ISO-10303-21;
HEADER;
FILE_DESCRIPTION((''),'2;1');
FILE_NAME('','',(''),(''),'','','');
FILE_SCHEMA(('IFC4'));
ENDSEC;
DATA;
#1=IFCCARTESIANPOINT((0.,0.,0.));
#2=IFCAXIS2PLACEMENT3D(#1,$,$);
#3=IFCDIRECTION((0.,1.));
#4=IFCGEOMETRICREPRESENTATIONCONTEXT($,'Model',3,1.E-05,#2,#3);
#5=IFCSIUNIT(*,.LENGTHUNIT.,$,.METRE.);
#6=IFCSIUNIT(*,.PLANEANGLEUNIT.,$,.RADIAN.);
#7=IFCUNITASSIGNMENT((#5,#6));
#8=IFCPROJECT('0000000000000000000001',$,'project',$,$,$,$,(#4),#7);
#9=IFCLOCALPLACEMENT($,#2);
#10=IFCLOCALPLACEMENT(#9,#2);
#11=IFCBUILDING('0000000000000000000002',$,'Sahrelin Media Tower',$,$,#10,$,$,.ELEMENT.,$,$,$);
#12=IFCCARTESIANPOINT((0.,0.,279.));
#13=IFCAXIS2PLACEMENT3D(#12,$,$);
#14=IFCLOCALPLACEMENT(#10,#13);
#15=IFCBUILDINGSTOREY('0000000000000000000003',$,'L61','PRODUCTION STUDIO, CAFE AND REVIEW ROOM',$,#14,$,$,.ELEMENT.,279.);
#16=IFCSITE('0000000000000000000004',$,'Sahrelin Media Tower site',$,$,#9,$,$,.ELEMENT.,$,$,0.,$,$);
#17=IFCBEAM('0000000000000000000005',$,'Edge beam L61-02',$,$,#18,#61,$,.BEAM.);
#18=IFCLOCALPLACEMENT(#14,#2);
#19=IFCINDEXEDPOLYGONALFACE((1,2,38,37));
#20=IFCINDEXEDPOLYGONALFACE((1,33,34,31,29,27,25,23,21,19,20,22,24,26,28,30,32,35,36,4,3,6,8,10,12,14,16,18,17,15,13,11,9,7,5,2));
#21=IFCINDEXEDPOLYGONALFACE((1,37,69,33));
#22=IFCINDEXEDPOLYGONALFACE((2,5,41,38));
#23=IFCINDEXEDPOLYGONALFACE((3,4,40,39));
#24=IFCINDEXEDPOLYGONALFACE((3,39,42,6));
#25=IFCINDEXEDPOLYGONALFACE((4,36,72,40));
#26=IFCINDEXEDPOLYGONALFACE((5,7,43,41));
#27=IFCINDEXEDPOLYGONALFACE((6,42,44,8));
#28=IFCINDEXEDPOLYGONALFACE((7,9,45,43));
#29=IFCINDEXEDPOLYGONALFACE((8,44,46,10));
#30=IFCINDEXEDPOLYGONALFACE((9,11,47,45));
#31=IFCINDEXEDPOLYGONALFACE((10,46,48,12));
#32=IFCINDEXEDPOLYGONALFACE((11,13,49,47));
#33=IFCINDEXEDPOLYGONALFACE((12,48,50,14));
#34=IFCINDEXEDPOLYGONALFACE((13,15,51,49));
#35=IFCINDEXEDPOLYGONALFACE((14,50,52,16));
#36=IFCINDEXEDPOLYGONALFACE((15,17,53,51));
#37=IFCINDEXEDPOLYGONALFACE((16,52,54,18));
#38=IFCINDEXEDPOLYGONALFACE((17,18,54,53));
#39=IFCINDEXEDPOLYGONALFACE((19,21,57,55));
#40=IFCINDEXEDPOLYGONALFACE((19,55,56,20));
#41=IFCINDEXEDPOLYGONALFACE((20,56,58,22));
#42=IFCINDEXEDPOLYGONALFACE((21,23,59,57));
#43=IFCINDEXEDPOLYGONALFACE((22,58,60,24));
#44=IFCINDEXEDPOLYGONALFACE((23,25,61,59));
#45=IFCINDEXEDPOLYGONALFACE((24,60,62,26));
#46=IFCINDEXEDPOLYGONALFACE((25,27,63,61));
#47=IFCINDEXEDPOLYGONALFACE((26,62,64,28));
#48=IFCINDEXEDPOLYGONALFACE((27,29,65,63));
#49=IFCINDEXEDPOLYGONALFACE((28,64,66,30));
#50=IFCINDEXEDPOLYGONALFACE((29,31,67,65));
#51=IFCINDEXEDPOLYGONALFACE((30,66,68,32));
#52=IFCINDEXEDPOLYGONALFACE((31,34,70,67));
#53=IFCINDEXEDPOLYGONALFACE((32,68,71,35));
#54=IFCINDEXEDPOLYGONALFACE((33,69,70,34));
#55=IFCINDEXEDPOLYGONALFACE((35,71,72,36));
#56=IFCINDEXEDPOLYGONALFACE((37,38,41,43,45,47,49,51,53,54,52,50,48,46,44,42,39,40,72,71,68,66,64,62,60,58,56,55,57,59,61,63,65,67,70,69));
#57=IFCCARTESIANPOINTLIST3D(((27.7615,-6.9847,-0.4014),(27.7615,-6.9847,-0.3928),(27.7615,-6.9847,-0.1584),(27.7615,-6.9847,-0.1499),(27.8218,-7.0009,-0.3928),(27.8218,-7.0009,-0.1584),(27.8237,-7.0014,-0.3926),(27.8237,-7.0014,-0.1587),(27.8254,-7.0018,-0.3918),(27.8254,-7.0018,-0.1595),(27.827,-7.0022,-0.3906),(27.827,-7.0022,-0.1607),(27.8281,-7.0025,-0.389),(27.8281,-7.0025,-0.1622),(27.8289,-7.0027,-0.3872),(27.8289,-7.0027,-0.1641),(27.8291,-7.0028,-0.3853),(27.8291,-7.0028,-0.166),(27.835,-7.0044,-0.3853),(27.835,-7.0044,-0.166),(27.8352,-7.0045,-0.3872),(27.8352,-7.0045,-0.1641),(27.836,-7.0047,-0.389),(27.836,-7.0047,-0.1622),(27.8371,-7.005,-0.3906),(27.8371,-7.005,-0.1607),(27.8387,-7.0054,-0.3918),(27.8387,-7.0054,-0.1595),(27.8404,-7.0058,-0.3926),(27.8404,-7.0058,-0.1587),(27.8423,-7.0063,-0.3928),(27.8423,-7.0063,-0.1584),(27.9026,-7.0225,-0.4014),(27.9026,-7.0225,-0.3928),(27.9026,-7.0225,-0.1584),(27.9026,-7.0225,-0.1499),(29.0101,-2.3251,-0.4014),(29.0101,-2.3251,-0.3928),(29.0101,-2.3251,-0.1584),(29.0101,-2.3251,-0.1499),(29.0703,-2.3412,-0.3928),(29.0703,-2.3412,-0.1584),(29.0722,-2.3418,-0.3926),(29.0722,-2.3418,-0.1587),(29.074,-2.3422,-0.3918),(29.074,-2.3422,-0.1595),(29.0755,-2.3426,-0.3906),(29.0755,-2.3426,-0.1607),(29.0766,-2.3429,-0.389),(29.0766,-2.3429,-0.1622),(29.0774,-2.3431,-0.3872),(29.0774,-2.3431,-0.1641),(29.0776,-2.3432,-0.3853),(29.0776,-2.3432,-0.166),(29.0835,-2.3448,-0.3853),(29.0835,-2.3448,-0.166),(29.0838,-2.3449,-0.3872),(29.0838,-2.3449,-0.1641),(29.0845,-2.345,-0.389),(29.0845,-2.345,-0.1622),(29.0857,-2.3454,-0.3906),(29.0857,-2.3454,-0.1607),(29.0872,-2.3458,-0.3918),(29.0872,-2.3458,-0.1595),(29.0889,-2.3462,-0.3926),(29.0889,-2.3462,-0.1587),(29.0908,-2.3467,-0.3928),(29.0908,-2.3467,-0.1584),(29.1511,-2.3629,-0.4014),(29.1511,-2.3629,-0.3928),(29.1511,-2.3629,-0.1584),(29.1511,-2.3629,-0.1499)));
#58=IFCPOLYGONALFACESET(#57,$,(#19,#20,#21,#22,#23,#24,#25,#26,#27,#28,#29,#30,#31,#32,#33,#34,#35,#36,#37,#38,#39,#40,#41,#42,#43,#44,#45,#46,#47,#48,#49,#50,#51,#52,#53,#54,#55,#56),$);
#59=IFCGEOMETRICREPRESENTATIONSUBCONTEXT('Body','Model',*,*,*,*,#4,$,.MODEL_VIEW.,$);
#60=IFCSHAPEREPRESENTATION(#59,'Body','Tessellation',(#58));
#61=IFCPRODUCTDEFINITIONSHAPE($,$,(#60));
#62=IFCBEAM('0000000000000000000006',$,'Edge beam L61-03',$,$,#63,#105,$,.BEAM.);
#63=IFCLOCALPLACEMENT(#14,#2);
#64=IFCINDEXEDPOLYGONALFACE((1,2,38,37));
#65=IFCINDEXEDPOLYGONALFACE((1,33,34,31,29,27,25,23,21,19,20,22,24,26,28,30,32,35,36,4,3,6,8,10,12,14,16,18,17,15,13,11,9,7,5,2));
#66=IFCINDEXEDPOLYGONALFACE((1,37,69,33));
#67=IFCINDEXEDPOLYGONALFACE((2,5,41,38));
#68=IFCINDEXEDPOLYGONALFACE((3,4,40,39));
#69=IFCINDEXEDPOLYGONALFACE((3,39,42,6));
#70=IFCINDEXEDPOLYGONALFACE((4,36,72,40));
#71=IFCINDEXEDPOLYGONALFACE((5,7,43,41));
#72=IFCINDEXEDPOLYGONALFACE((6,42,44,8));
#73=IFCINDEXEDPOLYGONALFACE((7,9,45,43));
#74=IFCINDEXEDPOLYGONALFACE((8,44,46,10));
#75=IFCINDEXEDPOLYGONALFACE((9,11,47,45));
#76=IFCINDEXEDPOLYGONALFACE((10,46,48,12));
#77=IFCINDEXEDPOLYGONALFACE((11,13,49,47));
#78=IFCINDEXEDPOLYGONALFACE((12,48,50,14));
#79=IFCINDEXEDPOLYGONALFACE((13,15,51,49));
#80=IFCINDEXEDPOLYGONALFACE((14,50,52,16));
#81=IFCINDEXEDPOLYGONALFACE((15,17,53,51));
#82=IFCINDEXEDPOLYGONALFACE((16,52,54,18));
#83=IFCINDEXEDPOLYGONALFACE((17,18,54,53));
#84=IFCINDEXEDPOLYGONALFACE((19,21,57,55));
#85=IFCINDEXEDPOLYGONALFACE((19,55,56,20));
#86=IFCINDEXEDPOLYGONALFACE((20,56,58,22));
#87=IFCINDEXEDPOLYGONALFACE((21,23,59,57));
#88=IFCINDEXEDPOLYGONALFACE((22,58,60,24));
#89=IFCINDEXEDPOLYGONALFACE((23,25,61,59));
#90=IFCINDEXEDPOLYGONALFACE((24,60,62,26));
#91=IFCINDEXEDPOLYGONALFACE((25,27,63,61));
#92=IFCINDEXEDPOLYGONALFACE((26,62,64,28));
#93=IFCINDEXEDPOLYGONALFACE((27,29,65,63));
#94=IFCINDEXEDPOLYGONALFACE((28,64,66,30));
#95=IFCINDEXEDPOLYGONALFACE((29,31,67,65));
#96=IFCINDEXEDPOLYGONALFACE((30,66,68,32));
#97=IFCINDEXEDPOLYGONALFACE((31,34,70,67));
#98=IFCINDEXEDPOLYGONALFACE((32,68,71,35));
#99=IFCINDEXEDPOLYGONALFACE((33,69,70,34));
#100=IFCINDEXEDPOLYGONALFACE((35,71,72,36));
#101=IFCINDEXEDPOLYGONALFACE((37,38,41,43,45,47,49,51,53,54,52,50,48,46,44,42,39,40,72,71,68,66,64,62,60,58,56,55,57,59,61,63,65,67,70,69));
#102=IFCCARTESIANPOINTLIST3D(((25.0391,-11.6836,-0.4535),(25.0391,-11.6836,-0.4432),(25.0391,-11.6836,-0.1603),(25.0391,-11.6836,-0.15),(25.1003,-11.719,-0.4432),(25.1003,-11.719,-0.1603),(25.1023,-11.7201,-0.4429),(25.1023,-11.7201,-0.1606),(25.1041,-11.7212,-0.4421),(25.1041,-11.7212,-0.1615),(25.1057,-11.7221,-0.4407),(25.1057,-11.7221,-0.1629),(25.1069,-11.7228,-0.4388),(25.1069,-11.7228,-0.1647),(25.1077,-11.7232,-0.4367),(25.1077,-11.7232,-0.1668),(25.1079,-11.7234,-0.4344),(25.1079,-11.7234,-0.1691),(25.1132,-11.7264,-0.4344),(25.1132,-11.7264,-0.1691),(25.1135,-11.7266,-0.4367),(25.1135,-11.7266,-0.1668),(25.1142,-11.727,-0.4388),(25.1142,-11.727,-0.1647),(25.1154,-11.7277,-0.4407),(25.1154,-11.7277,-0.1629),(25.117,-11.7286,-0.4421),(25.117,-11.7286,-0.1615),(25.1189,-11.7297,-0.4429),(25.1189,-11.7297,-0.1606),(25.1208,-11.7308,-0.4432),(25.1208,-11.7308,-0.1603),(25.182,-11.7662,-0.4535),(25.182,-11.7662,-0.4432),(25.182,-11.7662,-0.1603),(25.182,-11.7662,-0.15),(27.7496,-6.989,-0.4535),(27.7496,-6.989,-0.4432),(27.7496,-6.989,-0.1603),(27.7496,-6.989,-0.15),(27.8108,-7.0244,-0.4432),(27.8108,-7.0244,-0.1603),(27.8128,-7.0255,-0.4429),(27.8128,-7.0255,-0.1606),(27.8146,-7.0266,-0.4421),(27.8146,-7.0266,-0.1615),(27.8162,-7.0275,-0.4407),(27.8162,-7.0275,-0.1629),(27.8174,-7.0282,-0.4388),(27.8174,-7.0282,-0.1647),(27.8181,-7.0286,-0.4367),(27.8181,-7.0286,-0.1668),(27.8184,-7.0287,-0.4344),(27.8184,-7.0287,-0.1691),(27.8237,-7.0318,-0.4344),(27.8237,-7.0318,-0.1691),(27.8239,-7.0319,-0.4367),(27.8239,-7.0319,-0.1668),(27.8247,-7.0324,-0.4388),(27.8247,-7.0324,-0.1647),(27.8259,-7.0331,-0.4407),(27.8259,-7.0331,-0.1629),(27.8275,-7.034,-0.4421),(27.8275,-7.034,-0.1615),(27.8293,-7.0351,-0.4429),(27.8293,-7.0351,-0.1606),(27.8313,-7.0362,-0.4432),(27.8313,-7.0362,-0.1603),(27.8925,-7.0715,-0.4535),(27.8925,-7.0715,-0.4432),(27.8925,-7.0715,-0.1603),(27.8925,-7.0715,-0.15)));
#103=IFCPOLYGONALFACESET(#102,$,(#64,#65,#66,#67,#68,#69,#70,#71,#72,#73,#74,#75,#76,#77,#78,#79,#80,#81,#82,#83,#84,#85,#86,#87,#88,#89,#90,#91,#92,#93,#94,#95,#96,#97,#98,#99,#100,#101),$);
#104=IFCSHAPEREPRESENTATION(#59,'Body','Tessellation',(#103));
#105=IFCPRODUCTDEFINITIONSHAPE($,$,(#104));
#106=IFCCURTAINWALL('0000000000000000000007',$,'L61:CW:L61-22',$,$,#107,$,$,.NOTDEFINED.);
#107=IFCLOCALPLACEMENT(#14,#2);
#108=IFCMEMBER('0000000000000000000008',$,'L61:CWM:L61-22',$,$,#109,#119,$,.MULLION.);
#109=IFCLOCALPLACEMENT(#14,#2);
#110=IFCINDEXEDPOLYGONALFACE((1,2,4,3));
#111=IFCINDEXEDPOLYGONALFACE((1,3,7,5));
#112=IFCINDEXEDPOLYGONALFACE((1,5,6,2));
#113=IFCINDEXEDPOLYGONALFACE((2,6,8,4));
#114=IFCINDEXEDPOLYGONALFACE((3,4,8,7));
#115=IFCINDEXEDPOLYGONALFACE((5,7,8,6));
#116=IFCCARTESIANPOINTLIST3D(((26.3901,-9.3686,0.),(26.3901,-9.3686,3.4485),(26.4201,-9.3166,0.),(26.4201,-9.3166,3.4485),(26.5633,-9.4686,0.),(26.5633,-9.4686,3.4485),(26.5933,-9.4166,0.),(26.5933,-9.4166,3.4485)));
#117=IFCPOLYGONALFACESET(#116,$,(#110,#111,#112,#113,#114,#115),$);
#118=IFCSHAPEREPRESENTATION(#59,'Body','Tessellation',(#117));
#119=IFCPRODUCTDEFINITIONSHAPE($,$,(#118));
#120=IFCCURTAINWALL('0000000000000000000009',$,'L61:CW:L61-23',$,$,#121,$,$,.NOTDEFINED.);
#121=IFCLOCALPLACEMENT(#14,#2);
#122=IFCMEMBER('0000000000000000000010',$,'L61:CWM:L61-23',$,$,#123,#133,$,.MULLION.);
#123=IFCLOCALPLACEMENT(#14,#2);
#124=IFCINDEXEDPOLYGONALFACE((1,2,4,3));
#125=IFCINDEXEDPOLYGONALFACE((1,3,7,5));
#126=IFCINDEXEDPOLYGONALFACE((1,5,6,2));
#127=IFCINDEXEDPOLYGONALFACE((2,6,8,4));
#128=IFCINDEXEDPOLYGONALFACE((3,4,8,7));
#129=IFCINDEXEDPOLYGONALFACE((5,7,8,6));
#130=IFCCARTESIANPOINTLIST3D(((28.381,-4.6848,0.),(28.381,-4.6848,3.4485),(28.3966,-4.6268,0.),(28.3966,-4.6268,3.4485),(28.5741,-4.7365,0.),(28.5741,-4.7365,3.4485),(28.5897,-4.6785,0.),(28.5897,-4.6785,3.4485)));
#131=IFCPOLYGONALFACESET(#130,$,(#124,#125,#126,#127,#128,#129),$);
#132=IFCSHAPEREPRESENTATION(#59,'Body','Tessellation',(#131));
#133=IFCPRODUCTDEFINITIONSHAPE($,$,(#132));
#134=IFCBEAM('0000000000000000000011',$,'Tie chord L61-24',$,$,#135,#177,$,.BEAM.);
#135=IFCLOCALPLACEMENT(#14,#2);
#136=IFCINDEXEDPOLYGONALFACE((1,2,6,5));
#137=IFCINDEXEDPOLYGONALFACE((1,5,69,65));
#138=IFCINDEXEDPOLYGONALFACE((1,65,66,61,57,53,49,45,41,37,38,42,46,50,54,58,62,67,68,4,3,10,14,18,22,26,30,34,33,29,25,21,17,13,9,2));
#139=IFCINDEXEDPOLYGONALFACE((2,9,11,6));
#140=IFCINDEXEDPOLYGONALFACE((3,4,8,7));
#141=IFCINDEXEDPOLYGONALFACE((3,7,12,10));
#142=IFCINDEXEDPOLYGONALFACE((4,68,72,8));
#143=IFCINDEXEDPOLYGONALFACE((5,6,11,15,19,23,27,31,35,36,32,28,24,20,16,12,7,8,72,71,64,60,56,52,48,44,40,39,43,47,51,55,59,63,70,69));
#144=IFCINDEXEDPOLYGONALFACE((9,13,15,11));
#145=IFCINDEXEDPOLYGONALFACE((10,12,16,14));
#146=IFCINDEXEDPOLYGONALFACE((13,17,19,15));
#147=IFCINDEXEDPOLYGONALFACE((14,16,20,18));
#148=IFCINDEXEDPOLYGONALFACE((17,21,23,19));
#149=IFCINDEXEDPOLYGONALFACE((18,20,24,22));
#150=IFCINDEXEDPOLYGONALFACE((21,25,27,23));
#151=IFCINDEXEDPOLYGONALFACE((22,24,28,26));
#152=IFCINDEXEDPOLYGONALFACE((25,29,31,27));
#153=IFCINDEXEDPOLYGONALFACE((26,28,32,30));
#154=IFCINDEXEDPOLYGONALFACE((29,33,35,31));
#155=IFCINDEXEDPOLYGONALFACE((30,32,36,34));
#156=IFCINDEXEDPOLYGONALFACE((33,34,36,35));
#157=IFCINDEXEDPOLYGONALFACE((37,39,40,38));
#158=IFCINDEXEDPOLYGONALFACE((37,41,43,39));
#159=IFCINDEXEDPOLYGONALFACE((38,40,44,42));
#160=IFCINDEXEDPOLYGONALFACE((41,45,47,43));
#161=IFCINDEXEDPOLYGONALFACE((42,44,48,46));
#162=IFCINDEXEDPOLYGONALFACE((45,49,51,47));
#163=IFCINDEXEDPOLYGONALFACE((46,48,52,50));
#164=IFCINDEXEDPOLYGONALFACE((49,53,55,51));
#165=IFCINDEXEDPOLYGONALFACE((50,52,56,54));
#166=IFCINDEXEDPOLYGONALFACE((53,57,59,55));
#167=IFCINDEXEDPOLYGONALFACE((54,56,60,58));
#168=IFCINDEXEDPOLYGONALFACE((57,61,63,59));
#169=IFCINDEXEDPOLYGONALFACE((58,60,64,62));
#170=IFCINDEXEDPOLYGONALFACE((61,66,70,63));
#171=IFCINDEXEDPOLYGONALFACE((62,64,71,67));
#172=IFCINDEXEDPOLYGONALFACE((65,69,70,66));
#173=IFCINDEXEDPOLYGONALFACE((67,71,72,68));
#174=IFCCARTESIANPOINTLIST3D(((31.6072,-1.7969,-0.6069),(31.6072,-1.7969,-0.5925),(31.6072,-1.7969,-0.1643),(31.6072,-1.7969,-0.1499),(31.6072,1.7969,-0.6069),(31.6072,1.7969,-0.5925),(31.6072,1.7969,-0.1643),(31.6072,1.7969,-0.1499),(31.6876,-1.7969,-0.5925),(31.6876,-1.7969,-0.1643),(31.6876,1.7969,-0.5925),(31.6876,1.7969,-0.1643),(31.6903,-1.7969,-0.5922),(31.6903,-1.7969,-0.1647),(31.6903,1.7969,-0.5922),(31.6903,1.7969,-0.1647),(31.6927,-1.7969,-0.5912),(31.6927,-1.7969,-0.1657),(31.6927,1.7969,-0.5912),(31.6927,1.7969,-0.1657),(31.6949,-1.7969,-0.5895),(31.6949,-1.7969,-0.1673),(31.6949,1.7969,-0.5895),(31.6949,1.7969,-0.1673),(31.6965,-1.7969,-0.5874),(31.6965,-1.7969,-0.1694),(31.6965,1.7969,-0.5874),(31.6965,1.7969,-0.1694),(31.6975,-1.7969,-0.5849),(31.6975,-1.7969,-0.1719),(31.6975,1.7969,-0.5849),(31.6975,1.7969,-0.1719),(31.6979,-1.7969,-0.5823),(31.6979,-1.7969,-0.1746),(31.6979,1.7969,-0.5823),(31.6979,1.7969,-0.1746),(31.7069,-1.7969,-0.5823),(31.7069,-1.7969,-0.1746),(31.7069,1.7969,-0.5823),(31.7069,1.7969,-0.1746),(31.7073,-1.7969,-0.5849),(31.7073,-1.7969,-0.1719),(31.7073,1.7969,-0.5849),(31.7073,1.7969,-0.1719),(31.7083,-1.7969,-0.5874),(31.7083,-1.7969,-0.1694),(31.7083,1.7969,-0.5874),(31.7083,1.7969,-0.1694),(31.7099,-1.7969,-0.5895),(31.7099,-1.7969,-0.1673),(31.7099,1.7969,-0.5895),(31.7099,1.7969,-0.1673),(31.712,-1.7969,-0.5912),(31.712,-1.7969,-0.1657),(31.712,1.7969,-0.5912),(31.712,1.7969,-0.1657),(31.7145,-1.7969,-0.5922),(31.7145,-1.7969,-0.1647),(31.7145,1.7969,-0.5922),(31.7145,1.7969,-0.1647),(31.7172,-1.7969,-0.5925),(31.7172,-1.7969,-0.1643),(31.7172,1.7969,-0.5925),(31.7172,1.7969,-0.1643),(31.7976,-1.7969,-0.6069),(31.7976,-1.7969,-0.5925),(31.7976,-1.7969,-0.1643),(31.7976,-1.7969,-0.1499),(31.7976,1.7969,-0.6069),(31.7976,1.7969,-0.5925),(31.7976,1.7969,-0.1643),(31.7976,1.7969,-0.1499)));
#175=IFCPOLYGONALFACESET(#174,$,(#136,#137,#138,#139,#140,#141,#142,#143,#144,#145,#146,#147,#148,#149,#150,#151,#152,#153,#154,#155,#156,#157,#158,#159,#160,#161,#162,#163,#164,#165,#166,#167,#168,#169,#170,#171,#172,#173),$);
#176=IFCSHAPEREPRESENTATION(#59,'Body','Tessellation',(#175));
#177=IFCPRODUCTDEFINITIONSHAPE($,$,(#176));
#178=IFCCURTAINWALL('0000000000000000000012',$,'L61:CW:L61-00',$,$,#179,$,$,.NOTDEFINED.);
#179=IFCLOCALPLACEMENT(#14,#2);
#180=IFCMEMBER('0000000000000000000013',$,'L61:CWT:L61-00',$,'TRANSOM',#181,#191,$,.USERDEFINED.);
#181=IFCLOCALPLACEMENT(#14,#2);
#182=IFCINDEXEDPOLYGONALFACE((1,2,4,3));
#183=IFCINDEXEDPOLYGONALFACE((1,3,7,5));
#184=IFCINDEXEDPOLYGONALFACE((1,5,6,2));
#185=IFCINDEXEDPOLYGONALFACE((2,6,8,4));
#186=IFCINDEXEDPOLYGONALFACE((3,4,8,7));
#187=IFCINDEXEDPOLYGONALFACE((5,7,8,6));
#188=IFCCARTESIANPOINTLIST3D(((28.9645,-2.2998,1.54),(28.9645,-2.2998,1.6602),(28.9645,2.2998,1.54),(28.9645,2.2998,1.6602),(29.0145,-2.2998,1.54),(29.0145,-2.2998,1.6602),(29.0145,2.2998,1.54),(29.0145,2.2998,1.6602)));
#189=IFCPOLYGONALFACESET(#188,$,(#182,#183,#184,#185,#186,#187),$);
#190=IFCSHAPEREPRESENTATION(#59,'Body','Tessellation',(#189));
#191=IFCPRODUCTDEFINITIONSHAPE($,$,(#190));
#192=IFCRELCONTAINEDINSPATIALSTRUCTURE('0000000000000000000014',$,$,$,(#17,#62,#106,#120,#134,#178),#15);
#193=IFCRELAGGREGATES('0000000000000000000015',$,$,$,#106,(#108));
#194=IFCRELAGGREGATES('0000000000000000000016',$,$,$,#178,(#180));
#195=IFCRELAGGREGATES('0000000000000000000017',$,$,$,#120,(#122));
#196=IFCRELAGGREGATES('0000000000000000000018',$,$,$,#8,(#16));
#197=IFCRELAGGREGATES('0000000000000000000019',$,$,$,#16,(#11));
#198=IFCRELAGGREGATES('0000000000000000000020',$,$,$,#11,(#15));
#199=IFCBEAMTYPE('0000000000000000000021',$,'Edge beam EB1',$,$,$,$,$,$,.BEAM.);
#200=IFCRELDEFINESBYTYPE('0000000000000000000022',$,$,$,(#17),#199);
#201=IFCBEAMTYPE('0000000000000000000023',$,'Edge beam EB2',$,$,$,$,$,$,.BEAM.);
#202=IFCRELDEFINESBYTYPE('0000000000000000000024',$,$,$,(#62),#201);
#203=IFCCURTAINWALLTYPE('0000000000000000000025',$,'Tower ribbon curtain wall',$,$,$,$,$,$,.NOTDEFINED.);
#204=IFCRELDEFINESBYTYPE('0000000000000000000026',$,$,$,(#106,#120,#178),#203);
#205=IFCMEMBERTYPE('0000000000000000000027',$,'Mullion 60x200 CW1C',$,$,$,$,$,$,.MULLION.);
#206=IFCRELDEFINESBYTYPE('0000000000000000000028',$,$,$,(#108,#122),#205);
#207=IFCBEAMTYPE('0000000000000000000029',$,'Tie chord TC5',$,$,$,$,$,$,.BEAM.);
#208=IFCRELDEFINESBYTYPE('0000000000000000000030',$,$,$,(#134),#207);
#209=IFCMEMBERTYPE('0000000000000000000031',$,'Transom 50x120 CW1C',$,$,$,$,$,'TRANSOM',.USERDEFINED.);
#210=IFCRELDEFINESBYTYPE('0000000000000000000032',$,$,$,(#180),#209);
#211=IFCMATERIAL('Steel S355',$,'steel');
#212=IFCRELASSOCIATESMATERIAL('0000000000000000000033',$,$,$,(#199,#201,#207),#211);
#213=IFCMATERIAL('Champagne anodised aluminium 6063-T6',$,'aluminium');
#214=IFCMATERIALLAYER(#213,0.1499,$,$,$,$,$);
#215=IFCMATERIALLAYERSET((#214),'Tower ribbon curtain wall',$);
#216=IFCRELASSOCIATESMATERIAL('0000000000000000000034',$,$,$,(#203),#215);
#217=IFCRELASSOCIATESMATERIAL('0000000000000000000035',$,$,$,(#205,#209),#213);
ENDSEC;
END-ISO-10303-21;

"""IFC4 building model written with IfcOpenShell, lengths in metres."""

from ifc_helpers import new_model, si_unit, direction, frame, origin, origin_2d, place, context, subcontext, project, spatial, rectangle, i_section, extrude, material, layer, layer_set, material_profile, profile_set, type_object, element, aggregate, save


model = new_model("IFC4")

# Units and contexts
model_context = context("Model", 3, precision=1e-05, world=origin(), true_north=direction((0.0, 1.0)))
body_context = subcontext(model_context, "Body", "Model", "MODEL_VIEW")
ifc_project = project(units=[si_unit("LENGTHUNIT", "METRE"), si_unit("PLANEANGLEUNIT", "RADIAN")], contexts=[model_context])

# Site, building, storey
site_placement = place(None, origin())
site = spatial("IfcSite", under=ifc_project, at=site_placement, Name="Sahrelin Media Tower site", CompositionType="ELEMENT", RefElevation=0.0)
building_placement = place(site_placement, origin())
building = spatial("IfcBuilding", under=site, at=building_placement, Name="Sahrelin Media Tower", CompositionType="ELEMENT")
storey_placement = place(building_placement, frame((0.0, 0.0, 279.0)))
storey = spatial("IfcBuildingStorey", under=building, at=storey_placement, Name="L61", Description="PRODUCTION STUDIO, CAFE AND REVIEW ROOM", CompositionType="ELEMENT", Elevation=279.0)

# Beams
ifc_material_1 = material(Name="Steel S355", Category="steel")
ifc_material_profile_1 = material_profile(ifc_material_1, i_section(OverallWidth=0.146, OverallDepth=0.2515, WebThickness=0.0061, FlangeThickness=0.0085, FilletRadius=0.0076, at=origin_2d()), Name="UB 254x146x31")
ifc_profile_set_1 = profile_set([ifc_material_profile_1], Name="Steel S355")
beam_type_1 = type_object("IfcBeamType", Name="Edge beam EB1", PredefinedType="BEAM", material=ifc_profile_set_1)
beam_1_placement = place(storey_placement, frame((29.0806, -2.344, -0.2756), z_axis=(-0.258815, -0.965927, 0.0), x_axis=(0.965927, -0.258815, 0.0)))
element("IfcBeam", 1, at=beam_1_placement, inside=storey, type_object=beam_type_1, Name="Edge beam L61-02", PredefinedType="BEAM", context=body_context, shape_type="SweptSolid", body=[
    extrude(i_section(OverallWidth=0.146, OverallDepth=0.2515, WebThickness=0.0061, FlangeThickness=0.0085, FilletRadius=0.0076, at=origin_2d()), origin(), (0.0, 0.0, 1.0), 4.824),
])
ifc_material_profile_2 = material_profile(ifc_material_1, i_section(OverallWidth=0.165, OverallDepth=0.3035, WebThickness=0.0061, FlangeThickness=0.0103, FilletRadius=0.0088, at=origin_2d()), Name="UB 305x165x40")
ifc_profile_set_2 = profile_set([ifc_material_profile_2], Name="Steel S355")
beam_type_2 = type_object("IfcBeamType", Name="Edge beam EB2", PredefinedType="BEAM", material=ifc_profile_set_2)
beam_2_placement = place(storey_placement, frame((27.821, -7.0303, -0.3018), z_axis=(-0.500004, -0.866023, 0.0), x_axis=(0.866023, -0.500004, 0.0)))
element("IfcBeam", 2, at=beam_2_placement, inside=storey, type_object=beam_type_2, Name="Edge beam L61-03", PredefinedType="BEAM", context=body_context, shape_type="SweptSolid", body=[
    extrude(i_section(OverallWidth=0.165, OverallDepth=0.3035, WebThickness=0.0061, FlangeThickness=0.0103, FilletRadius=0.0088, at=origin_2d()), origin(), (0.0, 0.0, 1.0), 5.4209),
])

# Curtain walls, members
ifc_material_2 = material(Name="Champagne anodised aluminium 6063-T6", Category="aluminium")
ifc_layer_1 = layer(ifc_material_2, 0.1499)
ifc_layer_set_1 = layer_set([ifc_layer_1], Name="Tower ribbon curtain wall")
curtain_wall_type = type_object("IfcCurtainWallType", Name="Tower ribbon curtain wall", PredefinedType="NOTDEFINED", material=ifc_layer_set_1)
curtain_wall_1_placement = place(storey_placement, frame((26.5957, -9.4524, 0.0), z_axis=(0.0, 0.0, 1.0), x_axis=(1.0, 0.0, 0.0)))
curtain_wall_1 = element("IfcCurtainWall", 3, at=curtain_wall_1_placement, inside=storey, type_object=curtain_wall_type, Name="L61:CW:L61-22", PredefinedType="NOTDEFINED")
ifc_material_profile_3 = material_profile(ifc_material_2, rectangle(XDim=0.0601, YDim=0.2, at=origin_2d()), Name="Mullion 60x200")
ifc_profile_set_3 = profile_set([ifc_material_profile_3], Name="Champagne anodised aluminium 6063-T6")
member_type_1 = type_object("IfcMemberType", Name="Mullion 60x200 CW1C", PredefinedType="MULLION", material=ifc_profile_set_3)
member_1_placement = place(storey_placement, frame((26.4917, -9.3926, 0.0), z_axis=(0.0, 0.0, 1.0), x_axis=(0.499997, 0.866027, 0.0)))
member_1 = element("IfcMember", 4, at=member_1_placement, type_object=member_type_1, Name="L61:CWM:L61-22", PredefinedType="MULLION", context=body_context, shape_type="SweptSolid", body=[
    extrude(rectangle(XDim=0.0601, YDim=0.2, at=origin_2d()), origin(), (0.0, 0.0, 1.0), 3.4485),
])
aggregate(curtain_wall_1, [member_1])
curtain_wall_2_placement = place(storey_placement, frame((28.6013, -4.7126, 0.0), z_axis=(0.0, 0.0, 1.0), x_axis=(1.0, 0.0, 0.0)))
curtain_wall_2 = element("IfcCurtainWall", 5, at=curtain_wall_2_placement, inside=storey, type_object=curtain_wall_type, Name="L61:CW:L61-23", PredefinedType="NOTDEFINED")
member_2_placement = place(storey_placement, frame((28.4854, -4.6816, 0.0), z_axis=(0.0, 0.0, 1.0), x_axis=(0.258829, 0.965923, 0.0)))
member_2 = element("IfcMember", 6, at=member_2_placement, type_object=member_type_1, Name="L61:CWM:L61-23", PredefinedType="MULLION", context=body_context, shape_type="SweptSolid", body=[
    extrude(rectangle(XDim=0.0601, YDim=0.2, at=origin_2d()), origin(), (0.0, 0.0, 1.0), 3.4485),
])

# Beam
ifc_material_profile_4 = material_profile(ifc_material_1, i_section(OverallWidth=0.1904, OverallDepth=0.457, WebThickness=0.009, FlangeThickness=0.0144, FilletRadius=0.0103, at=origin_2d()), Name="UB 457x191x74")
ifc_profile_set_4 = profile_set([ifc_material_profile_4], Name="Steel S355")
beam_type_3 = type_object("IfcBeamType", Name="Tie chord TC5", PredefinedType="BEAM", material=ifc_profile_set_4)
beam_3_placement = place(storey_placement, frame((31.7024, -1.7969, -0.3784), z_axis=(0.0, 1.0, 0.0), x_axis=(-1.0, 0.0, 0.0)))
element("IfcBeam", 7, at=beam_3_placement, inside=storey, type_object=beam_type_3, Name="Tie chord L61-24", PredefinedType="BEAM", context=body_context, shape_type="SweptSolid", body=[
    extrude(i_section(OverallWidth=0.1904, OverallDepth=0.457, WebThickness=0.009, FlangeThickness=0.0144, FilletRadius=0.0103, at=origin_2d()), origin(), (0.0, 0.0, 1.0), 3.5938),
])

# Curtain wall, member
curtain_wall_3_placement = place(storey_placement, frame((29.2344, 0.0, 0.0), z_axis=(0.0, 0.0, 1.0), x_axis=(1.0, 0.0, 0.0)))
curtain_wall_3 = element("IfcCurtainWall", 8, at=curtain_wall_3_placement, inside=storey, type_object=curtain_wall_type, Name="L61:CW:L61-00", PredefinedType="NOTDEFINED")
ifc_material_profile_5 = material_profile(ifc_material_2, rectangle(XDim=0.05, YDim=0.1201, at=origin_2d()), Name="Transom 50x120")
ifc_profile_set_5 = profile_set([ifc_material_profile_5], Name="Champagne anodised aluminium 6063-T6")
member_type_2 = type_object("IfcMemberType", Name="Transom 50x120 CW1C", ElementType="TRANSOM", PredefinedType="USERDEFINED", material=ifc_profile_set_5)
member_3_placement = place(storey_placement, frame((28.9895, -2.2998, 1.6001), z_axis=(0.0, 1.0, 0.0), x_axis=(-1.0, 0.0, 0.0)))
member_3 = element("IfcMember", 9, at=member_3_placement, type_object=member_type_2, Name="L61:CWT:L61-00", ObjectType="TRANSOM", PredefinedType="USERDEFINED", context=body_context, shape_type="SweptSolid", body=[
    extrude(rectangle(XDim=0.05, YDim=0.1201, at=origin_2d()), origin(), (0.0, 0.0, 1.0), 4.5996),
])

aggregate(curtain_wall_3, [member_3])
aggregate(curtain_wall_2, [member_2])

save(model, "model.ifc")
